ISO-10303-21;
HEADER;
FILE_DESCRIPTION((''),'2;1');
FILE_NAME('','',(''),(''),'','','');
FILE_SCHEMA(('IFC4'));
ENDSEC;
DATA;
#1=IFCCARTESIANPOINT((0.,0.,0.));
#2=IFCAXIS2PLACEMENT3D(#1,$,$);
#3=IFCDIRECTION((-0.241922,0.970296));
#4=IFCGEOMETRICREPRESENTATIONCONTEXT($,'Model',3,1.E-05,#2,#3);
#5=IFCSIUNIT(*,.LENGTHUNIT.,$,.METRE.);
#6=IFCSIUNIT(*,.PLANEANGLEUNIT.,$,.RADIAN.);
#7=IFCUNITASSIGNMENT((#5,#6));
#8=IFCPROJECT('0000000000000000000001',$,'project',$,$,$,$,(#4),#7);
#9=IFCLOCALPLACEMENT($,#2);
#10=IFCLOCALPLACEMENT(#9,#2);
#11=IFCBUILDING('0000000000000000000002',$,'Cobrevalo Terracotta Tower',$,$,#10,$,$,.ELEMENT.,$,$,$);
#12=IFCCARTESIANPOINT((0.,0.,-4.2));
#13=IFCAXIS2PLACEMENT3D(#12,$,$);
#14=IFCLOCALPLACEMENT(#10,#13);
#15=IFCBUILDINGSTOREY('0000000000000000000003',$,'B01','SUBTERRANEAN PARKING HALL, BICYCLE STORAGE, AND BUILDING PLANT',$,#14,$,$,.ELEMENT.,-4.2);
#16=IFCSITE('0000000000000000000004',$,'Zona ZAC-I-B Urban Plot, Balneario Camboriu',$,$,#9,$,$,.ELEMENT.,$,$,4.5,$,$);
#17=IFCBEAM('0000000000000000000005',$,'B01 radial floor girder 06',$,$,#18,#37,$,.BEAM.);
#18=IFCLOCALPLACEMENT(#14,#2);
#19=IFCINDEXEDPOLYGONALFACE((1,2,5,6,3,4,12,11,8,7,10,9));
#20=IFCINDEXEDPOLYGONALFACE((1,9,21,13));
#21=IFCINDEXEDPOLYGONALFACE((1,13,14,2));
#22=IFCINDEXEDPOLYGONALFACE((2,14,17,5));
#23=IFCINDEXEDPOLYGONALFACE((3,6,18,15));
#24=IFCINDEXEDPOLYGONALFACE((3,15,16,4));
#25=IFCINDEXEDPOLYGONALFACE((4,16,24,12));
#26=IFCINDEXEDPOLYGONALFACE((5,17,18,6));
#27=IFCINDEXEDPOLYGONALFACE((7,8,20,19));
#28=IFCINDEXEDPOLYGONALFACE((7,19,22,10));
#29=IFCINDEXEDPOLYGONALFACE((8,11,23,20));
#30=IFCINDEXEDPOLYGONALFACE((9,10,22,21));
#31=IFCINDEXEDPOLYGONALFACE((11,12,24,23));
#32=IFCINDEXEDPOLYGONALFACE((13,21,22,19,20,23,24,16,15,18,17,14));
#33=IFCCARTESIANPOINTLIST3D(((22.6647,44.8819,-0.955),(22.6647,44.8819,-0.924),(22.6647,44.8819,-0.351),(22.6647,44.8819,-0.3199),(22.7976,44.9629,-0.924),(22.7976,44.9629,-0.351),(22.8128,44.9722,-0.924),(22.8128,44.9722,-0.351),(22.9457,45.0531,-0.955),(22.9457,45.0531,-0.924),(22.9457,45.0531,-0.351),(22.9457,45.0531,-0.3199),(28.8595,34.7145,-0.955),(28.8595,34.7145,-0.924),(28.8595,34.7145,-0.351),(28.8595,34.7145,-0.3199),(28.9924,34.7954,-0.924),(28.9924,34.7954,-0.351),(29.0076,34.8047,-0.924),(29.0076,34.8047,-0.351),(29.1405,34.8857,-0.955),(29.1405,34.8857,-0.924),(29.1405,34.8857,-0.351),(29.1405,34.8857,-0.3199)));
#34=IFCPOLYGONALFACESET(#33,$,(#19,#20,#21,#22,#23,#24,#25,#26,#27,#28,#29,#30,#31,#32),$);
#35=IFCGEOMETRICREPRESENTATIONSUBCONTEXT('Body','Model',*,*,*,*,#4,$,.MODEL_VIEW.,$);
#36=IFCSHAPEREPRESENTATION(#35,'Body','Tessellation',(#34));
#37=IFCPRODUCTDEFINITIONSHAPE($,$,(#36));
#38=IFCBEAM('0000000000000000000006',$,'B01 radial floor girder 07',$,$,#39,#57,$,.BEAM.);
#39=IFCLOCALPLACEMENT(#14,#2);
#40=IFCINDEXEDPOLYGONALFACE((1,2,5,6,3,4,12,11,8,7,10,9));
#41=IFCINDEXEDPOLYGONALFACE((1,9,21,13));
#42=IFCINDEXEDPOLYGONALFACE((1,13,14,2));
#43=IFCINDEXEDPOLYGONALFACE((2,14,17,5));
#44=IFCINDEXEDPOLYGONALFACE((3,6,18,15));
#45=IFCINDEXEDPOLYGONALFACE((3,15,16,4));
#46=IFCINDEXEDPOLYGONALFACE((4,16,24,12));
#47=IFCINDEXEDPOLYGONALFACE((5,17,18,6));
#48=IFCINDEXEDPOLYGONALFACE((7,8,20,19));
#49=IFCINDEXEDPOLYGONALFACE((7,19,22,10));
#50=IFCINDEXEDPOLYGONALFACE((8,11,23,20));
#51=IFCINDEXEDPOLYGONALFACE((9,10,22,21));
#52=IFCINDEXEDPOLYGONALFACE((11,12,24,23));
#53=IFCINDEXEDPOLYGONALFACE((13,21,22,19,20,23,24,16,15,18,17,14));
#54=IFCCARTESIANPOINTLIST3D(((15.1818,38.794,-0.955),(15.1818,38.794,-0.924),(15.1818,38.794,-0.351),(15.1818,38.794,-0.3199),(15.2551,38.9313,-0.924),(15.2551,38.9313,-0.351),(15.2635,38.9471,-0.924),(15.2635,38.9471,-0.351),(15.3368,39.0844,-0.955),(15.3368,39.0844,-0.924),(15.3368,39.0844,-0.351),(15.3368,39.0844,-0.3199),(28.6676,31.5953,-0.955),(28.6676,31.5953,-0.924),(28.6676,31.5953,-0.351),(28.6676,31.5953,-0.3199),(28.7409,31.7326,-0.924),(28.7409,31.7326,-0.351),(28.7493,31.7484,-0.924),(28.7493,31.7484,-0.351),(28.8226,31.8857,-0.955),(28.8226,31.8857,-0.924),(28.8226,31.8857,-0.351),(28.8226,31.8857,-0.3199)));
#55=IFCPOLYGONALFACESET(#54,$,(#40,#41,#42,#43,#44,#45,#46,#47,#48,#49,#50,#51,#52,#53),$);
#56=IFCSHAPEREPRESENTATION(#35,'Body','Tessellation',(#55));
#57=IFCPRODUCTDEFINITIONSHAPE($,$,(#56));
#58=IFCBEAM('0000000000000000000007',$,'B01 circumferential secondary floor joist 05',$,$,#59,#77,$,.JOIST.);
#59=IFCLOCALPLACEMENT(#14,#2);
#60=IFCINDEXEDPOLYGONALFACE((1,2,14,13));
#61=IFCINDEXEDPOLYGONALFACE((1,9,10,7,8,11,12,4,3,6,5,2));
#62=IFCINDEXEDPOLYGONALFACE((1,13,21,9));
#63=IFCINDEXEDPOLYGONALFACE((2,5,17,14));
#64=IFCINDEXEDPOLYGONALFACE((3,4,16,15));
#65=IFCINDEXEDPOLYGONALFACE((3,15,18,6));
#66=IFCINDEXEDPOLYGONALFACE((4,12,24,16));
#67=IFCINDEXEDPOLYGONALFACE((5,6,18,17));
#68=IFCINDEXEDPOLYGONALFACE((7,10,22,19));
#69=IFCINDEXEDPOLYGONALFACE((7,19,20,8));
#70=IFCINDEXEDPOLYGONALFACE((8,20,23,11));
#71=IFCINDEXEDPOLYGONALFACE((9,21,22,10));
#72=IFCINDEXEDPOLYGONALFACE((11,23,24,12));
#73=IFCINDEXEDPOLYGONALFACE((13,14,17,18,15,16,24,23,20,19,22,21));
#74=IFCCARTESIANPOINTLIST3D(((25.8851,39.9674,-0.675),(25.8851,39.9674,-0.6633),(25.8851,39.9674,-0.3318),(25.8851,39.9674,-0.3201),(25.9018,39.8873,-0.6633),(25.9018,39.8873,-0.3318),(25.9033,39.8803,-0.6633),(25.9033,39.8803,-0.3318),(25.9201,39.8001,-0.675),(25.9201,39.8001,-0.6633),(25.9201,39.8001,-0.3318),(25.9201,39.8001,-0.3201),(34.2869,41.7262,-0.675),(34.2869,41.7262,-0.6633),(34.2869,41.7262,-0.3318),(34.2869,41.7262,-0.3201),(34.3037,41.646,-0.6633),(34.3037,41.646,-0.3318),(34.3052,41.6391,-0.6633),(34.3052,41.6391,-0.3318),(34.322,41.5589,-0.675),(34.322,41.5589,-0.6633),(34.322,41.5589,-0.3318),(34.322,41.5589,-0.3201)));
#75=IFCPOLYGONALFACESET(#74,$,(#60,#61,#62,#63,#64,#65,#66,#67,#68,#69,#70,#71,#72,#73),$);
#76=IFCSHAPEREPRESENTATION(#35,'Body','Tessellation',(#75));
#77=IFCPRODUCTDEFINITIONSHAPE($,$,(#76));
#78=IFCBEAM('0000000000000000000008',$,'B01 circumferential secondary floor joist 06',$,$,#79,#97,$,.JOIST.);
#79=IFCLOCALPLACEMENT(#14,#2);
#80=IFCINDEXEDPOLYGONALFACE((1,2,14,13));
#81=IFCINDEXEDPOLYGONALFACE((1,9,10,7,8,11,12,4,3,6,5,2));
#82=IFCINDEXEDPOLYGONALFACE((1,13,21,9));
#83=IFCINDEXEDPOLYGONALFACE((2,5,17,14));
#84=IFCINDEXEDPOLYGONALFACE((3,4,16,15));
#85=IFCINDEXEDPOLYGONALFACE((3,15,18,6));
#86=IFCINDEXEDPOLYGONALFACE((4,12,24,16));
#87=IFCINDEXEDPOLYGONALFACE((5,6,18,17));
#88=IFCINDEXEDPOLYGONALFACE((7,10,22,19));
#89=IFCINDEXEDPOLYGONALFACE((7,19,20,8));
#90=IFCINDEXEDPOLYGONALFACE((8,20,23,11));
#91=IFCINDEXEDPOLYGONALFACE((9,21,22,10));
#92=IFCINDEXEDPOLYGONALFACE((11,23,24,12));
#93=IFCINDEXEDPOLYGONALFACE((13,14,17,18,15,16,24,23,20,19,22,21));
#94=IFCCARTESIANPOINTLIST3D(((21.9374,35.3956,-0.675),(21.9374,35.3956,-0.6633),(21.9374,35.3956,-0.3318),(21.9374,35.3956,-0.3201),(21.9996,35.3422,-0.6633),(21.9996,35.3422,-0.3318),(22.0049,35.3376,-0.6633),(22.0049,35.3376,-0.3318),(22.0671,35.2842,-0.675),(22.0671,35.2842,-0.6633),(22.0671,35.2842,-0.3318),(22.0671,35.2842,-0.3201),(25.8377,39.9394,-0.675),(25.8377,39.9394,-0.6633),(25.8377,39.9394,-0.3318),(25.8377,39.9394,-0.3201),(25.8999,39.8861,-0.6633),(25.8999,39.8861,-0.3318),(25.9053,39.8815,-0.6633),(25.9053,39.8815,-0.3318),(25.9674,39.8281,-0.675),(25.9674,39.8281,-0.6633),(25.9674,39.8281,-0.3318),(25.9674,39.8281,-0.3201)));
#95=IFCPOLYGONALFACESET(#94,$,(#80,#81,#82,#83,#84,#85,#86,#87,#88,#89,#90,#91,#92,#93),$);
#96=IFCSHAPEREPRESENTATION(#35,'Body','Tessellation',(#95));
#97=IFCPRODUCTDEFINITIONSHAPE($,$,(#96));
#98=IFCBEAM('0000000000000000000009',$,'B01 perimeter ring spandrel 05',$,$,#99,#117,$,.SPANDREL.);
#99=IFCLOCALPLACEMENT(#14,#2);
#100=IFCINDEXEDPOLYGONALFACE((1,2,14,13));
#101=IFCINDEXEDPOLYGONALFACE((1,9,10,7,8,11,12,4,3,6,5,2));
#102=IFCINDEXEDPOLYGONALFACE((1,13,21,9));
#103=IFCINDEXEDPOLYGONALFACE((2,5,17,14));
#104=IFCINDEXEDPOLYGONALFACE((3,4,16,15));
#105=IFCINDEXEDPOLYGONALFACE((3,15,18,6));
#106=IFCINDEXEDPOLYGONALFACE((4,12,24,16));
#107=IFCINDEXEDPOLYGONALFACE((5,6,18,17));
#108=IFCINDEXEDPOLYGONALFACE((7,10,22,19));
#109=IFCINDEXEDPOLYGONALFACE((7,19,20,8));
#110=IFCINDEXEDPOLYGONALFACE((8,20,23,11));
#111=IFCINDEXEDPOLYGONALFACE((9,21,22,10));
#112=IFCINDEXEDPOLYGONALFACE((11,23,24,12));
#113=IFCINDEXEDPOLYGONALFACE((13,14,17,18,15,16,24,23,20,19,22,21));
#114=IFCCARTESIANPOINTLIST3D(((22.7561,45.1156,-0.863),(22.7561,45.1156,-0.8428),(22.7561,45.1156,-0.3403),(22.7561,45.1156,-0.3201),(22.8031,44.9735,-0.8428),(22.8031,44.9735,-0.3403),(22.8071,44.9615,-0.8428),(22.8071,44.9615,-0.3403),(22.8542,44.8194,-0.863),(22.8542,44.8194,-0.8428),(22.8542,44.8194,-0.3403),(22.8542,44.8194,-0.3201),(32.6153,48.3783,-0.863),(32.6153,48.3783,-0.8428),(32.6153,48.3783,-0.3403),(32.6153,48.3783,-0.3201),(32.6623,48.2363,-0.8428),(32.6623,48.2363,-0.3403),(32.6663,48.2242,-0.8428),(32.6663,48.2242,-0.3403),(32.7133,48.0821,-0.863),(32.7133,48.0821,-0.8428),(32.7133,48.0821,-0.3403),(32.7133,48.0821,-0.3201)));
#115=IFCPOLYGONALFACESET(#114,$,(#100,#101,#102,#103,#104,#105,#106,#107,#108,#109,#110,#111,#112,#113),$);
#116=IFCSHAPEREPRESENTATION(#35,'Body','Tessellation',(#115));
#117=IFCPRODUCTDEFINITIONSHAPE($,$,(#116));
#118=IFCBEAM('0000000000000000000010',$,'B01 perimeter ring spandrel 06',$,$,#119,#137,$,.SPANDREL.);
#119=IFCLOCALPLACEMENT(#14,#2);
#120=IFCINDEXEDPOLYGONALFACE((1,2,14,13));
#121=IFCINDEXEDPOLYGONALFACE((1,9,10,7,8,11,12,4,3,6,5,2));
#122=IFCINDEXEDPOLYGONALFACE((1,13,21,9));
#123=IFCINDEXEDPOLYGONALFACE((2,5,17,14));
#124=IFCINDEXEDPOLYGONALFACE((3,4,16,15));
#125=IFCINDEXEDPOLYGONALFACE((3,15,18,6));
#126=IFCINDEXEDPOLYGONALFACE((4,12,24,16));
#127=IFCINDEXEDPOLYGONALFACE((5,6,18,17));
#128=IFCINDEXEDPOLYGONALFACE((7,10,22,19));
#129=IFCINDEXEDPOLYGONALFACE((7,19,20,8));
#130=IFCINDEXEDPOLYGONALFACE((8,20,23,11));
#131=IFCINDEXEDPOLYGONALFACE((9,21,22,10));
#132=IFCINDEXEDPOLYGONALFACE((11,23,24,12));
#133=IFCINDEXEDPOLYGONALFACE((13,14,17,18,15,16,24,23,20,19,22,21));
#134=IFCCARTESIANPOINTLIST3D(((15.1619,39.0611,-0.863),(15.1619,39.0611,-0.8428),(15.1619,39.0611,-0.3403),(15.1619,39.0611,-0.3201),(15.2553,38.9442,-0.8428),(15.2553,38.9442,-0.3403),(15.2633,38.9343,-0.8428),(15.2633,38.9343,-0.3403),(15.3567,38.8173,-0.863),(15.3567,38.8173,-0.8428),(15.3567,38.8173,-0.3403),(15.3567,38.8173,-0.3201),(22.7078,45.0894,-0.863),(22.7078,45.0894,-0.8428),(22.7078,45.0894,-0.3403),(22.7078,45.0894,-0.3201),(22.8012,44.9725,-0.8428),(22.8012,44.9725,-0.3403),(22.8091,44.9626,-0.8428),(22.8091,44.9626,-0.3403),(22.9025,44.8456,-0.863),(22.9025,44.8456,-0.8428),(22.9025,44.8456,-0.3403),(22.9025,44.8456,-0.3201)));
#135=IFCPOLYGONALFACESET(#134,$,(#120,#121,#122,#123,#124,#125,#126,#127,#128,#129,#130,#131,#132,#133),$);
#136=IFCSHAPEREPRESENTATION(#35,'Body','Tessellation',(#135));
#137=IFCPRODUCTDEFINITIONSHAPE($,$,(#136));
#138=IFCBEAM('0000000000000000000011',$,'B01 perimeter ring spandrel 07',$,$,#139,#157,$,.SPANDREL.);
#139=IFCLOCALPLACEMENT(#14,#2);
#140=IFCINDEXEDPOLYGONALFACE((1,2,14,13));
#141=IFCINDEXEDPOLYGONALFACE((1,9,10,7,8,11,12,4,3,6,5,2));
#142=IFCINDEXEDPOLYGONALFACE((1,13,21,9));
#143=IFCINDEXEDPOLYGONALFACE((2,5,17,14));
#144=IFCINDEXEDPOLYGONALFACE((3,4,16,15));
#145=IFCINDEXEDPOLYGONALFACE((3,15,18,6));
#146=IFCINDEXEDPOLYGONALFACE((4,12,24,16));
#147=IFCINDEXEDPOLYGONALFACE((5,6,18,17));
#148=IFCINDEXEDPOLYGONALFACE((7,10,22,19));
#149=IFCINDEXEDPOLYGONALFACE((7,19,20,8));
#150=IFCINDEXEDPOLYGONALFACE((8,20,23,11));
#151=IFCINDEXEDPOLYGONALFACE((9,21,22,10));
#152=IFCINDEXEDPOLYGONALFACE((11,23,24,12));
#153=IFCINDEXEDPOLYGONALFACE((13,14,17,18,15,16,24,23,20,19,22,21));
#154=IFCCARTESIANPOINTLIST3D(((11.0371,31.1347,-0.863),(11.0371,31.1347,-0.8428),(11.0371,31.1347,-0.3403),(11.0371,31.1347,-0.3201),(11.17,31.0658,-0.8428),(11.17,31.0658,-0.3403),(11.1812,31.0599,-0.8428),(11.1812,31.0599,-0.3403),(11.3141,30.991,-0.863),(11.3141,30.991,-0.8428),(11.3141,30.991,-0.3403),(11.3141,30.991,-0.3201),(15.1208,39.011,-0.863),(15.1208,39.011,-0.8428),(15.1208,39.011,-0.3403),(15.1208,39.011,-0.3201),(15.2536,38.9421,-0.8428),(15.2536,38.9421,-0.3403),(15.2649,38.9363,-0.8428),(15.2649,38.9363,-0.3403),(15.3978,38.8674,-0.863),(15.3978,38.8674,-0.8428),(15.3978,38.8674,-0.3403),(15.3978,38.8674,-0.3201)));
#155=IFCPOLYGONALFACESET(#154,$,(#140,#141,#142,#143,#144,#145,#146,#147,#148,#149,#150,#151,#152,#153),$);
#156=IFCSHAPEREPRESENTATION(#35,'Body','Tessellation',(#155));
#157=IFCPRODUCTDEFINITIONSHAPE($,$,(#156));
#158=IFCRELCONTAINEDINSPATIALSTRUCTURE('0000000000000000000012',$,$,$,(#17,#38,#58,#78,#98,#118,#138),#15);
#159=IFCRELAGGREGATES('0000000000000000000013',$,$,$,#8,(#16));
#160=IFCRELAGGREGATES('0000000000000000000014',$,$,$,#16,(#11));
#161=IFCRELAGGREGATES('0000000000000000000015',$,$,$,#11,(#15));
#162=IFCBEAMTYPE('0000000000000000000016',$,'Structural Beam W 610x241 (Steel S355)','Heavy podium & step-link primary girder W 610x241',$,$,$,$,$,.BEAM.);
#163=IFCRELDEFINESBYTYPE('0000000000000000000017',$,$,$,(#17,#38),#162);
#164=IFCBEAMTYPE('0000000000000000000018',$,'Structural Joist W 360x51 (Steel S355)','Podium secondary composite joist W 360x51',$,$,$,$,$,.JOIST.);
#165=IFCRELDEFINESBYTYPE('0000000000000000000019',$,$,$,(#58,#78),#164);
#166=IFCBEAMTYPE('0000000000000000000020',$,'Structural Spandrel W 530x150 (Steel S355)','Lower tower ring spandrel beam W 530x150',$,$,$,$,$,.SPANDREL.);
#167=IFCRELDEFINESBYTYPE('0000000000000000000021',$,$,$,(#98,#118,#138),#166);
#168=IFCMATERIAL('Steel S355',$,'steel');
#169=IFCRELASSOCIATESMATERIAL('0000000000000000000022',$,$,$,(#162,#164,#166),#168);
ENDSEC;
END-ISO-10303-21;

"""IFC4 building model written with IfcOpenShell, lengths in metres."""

from ifc_helpers import new_model, si_unit, direction, frame, origin, origin_2d, place, context, subcontext, project, spatial, i_section, extrude, material, material_profile, profile_set, type_object, element, save


model = new_model("IFC4")

# Units and contexts
model_context = context("Model", 3, precision=1e-05, world=origin(), true_north=direction((-0.241922, 0.970296)))
body_context = subcontext(model_context, "Body", "Model", "MODEL_VIEW")
ifc_project = project(units=[si_unit("LENGTHUNIT", "METRE"), si_unit("PLANEANGLEUNIT", "RADIAN")], contexts=[model_context])

# Site, building, storey
site_placement = place(None, origin())
site = spatial("IfcSite", under=ifc_project, at=site_placement, Name="Zona ZAC-I-B Urban Plot, Balneario Camboriu", CompositionType="ELEMENT", RefElevation=4.5)
building_placement = place(site_placement, origin())
building = spatial("IfcBuilding", under=site, at=building_placement, Name="Cobrevalo Terracotta Tower", CompositionType="ELEMENT")
storey_placement = place(building_placement, frame((0.0, 0.0, -4.2)))
storey = spatial("IfcBuildingStorey", under=building, at=storey_placement, Name="B01", Description="SUBTERRANEAN PARKING HALL, BICYCLE STORAGE, AND BUILDING PLANT", CompositionType="ELEMENT", Elevation=-4.2)

# Shared definitions
ifc_material_1 = material(Name="Steel S355", Category="steel")

# Beams
ifc_material_profile_1 = material_profile(ifc_material_1, i_section(OverallWidth=0.3291, OverallDepth=0.635, WebThickness=0.0178, FlangeThickness=0.031, at=origin_2d()), Name="W 610x241")
ifc_profile_set_1 = profile_set([ifc_material_profile_1], Name="Steel S355")
beam_type_1 = type_object("IfcBeamType", Name="Structural Beam W 610x241 (Steel S355)", Description="Heavy podium & step-link primary girder W 610x241", PredefinedType="BEAM", material=ifc_profile_set_1)
beam_1_placement = place(storey_placement, frame((22.8052, 44.9675, -0.6375), z_axis=(0.52031, -0.853978, 0.0), x_axis=(0.853978, 0.52031, 0.0)))
element("IfcBeam", 1, at=beam_1_placement, inside=storey, type_object=beam_type_1, Name="B01 radial floor girder 06", PredefinedType="BEAM", context=body_context, shape_type="SweptSolid", body=[
    extrude(i_section(OverallWidth=0.3291, OverallDepth=0.635, WebThickness=0.0178, FlangeThickness=0.031, at=origin_2d()), origin(), (0.0, 0.0, 1.0), 11.906),
])
beam_2_placement = place(storey_placement, frame((15.2593, 38.9392, -0.6375), z_axis=(0.882182, -0.470908, 0.0), x_axis=(0.470908, 0.882182, 0.0)))
element("IfcBeam", 2, at=beam_2_placement, inside=storey, type_object=beam_type_1, Name="B01 radial floor girder 07", PredefinedType="BEAM", context=body_context, shape_type="SweptSolid", body=[
    extrude(i_section(OverallWidth=0.3291, OverallDepth=0.635, WebThickness=0.0178, FlangeThickness=0.031, at=origin_2d()), origin(), (0.0, 0.0, 1.0), 15.2869),
])
ifc_material_profile_2 = material_profile(ifc_material_1, i_section(OverallWidth=0.1709, OverallDepth=0.355, WebThickness=0.0071, FlangeThickness=0.0117, at=origin_2d()), Name="W 360x51")
ifc_profile_set_2 = profile_set([ifc_material_profile_2], Name="Steel S355")
beam_type_2 = type_object("IfcBeamType", Name="Structural Joist W 360x51 (Steel S355)", Description="Podium secondary composite joist W 360x51", PredefinedType="JOIST", material=ifc_profile_set_2)
beam_3_placement = place(storey_placement, frame((34.3044, 41.6426, -0.4976), z_axis=(-0.978785, -0.204892, 0.0), x_axis=(0.204892, -0.978785, 0.0)))
element("IfcBeam", 3, at=beam_3_placement, inside=storey, type_object=beam_type_2, Name="B01 circumferential secondary floor joist 05", PredefinedType="JOIST", context=body_context, shape_type="SweptSolid", body=[
    extrude(i_section(OverallWidth=0.1709, OverallDepth=0.355, WebThickness=0.0071, FlangeThickness=0.0117, at=origin_2d()), origin(), (0.0, 0.0, 1.0), 8.584),
])
beam_4_placement = place(storey_placement, frame((25.9026, 39.8838, -0.4976), z_axis=(-0.651328, -0.758796, 0.0), x_axis=(0.758796, -0.651328, 0.0)))
element("IfcBeam", 4, at=beam_4_placement, inside=storey, type_object=beam_type_2, Name="B01 circumferential secondary floor joist 06", PredefinedType="JOIST", context=body_context, shape_type="SweptSolid", body=[
    extrude(i_section(OverallWidth=0.1709, OverallDepth=0.355, WebThickness=0.0071, FlangeThickness=0.0117, at=origin_2d()), origin(), (0.0, 0.0, 1.0), 5.9883),
])
ifc_material_profile_3 = material_profile(ifc_material_1, i_section(OverallWidth=0.312, OverallDepth=0.543, WebThickness=0.0127, FlangeThickness=0.0203, at=origin_2d()), Name="W 530x150")
ifc_profile_set_3 = profile_set([ifc_material_profile_3], Name="Steel S355")
beam_type_3 = type_object("IfcBeamType", Name="Structural Spandrel W 530x150 (Steel S355)", Description="Lower tower ring spandrel beam W 530x150", PredefinedType="SPANDREL", material=ifc_profile_set_3)
beam_5_placement = place(storey_placement, frame((32.6643, 48.2302, -0.5916), z_axis=(-0.949365, -0.314175, 0.0), x_axis=(0.314175, -0.949365, 0.0)))
element("IfcBeam", 5, at=beam_5_placement, inside=storey, type_object=beam_type_3, Name="B01 perimeter ring spandrel 05", PredefinedType="SPANDREL", context=body_context, shape_type="SweptSolid", body=[
    extrude(i_section(OverallWidth=0.312, OverallDepth=0.543, WebThickness=0.0127, FlangeThickness=0.0203, at=origin_2d()), origin(), (0.0, 0.0, 1.0), 10.385),
])
beam_6_placement = place(storey_placement, frame((22.8052, 44.9675, -0.5916), z_axis=(-0.781293, -0.624165, 0.0), x_axis=(0.624165, -0.781293, 0.0)))
element("IfcBeam", 6, at=beam_6_placement, inside=storey, type_object=beam_type_3, Name="B01 perimeter ring spandrel 06", PredefinedType="SPANDREL", context=body_context, shape_type="SweptSolid", body=[
    extrude(i_section(OverallWidth=0.312, OverallDepth=0.543, WebThickness=0.0127, FlangeThickness=0.0203, at=origin_2d()), origin(), (0.0, 0.0, 1.0), 9.6582),
])
beam_7_placement = place(storey_placement, frame((15.2593, 38.9392, -0.5916), z_axis=(-0.460286, -0.887771, 0.0), x_axis=(0.887771, -0.460286, 0.0)))
element("IfcBeam", 7, at=beam_7_placement, inside=storey, type_object=beam_type_3, Name="B01 perimeter ring spandrel 07", PredefinedType="SPANDREL", context=body_context, shape_type="SweptSolid", body=[
    extrude(i_section(OverallWidth=0.312, OverallDepth=0.543, WebThickness=0.0127, FlangeThickness=0.0203, at=origin_2d()), origin(), (0.0, 0.0, 1.0), 8.8721),
])

save(model, "model.ifc")
